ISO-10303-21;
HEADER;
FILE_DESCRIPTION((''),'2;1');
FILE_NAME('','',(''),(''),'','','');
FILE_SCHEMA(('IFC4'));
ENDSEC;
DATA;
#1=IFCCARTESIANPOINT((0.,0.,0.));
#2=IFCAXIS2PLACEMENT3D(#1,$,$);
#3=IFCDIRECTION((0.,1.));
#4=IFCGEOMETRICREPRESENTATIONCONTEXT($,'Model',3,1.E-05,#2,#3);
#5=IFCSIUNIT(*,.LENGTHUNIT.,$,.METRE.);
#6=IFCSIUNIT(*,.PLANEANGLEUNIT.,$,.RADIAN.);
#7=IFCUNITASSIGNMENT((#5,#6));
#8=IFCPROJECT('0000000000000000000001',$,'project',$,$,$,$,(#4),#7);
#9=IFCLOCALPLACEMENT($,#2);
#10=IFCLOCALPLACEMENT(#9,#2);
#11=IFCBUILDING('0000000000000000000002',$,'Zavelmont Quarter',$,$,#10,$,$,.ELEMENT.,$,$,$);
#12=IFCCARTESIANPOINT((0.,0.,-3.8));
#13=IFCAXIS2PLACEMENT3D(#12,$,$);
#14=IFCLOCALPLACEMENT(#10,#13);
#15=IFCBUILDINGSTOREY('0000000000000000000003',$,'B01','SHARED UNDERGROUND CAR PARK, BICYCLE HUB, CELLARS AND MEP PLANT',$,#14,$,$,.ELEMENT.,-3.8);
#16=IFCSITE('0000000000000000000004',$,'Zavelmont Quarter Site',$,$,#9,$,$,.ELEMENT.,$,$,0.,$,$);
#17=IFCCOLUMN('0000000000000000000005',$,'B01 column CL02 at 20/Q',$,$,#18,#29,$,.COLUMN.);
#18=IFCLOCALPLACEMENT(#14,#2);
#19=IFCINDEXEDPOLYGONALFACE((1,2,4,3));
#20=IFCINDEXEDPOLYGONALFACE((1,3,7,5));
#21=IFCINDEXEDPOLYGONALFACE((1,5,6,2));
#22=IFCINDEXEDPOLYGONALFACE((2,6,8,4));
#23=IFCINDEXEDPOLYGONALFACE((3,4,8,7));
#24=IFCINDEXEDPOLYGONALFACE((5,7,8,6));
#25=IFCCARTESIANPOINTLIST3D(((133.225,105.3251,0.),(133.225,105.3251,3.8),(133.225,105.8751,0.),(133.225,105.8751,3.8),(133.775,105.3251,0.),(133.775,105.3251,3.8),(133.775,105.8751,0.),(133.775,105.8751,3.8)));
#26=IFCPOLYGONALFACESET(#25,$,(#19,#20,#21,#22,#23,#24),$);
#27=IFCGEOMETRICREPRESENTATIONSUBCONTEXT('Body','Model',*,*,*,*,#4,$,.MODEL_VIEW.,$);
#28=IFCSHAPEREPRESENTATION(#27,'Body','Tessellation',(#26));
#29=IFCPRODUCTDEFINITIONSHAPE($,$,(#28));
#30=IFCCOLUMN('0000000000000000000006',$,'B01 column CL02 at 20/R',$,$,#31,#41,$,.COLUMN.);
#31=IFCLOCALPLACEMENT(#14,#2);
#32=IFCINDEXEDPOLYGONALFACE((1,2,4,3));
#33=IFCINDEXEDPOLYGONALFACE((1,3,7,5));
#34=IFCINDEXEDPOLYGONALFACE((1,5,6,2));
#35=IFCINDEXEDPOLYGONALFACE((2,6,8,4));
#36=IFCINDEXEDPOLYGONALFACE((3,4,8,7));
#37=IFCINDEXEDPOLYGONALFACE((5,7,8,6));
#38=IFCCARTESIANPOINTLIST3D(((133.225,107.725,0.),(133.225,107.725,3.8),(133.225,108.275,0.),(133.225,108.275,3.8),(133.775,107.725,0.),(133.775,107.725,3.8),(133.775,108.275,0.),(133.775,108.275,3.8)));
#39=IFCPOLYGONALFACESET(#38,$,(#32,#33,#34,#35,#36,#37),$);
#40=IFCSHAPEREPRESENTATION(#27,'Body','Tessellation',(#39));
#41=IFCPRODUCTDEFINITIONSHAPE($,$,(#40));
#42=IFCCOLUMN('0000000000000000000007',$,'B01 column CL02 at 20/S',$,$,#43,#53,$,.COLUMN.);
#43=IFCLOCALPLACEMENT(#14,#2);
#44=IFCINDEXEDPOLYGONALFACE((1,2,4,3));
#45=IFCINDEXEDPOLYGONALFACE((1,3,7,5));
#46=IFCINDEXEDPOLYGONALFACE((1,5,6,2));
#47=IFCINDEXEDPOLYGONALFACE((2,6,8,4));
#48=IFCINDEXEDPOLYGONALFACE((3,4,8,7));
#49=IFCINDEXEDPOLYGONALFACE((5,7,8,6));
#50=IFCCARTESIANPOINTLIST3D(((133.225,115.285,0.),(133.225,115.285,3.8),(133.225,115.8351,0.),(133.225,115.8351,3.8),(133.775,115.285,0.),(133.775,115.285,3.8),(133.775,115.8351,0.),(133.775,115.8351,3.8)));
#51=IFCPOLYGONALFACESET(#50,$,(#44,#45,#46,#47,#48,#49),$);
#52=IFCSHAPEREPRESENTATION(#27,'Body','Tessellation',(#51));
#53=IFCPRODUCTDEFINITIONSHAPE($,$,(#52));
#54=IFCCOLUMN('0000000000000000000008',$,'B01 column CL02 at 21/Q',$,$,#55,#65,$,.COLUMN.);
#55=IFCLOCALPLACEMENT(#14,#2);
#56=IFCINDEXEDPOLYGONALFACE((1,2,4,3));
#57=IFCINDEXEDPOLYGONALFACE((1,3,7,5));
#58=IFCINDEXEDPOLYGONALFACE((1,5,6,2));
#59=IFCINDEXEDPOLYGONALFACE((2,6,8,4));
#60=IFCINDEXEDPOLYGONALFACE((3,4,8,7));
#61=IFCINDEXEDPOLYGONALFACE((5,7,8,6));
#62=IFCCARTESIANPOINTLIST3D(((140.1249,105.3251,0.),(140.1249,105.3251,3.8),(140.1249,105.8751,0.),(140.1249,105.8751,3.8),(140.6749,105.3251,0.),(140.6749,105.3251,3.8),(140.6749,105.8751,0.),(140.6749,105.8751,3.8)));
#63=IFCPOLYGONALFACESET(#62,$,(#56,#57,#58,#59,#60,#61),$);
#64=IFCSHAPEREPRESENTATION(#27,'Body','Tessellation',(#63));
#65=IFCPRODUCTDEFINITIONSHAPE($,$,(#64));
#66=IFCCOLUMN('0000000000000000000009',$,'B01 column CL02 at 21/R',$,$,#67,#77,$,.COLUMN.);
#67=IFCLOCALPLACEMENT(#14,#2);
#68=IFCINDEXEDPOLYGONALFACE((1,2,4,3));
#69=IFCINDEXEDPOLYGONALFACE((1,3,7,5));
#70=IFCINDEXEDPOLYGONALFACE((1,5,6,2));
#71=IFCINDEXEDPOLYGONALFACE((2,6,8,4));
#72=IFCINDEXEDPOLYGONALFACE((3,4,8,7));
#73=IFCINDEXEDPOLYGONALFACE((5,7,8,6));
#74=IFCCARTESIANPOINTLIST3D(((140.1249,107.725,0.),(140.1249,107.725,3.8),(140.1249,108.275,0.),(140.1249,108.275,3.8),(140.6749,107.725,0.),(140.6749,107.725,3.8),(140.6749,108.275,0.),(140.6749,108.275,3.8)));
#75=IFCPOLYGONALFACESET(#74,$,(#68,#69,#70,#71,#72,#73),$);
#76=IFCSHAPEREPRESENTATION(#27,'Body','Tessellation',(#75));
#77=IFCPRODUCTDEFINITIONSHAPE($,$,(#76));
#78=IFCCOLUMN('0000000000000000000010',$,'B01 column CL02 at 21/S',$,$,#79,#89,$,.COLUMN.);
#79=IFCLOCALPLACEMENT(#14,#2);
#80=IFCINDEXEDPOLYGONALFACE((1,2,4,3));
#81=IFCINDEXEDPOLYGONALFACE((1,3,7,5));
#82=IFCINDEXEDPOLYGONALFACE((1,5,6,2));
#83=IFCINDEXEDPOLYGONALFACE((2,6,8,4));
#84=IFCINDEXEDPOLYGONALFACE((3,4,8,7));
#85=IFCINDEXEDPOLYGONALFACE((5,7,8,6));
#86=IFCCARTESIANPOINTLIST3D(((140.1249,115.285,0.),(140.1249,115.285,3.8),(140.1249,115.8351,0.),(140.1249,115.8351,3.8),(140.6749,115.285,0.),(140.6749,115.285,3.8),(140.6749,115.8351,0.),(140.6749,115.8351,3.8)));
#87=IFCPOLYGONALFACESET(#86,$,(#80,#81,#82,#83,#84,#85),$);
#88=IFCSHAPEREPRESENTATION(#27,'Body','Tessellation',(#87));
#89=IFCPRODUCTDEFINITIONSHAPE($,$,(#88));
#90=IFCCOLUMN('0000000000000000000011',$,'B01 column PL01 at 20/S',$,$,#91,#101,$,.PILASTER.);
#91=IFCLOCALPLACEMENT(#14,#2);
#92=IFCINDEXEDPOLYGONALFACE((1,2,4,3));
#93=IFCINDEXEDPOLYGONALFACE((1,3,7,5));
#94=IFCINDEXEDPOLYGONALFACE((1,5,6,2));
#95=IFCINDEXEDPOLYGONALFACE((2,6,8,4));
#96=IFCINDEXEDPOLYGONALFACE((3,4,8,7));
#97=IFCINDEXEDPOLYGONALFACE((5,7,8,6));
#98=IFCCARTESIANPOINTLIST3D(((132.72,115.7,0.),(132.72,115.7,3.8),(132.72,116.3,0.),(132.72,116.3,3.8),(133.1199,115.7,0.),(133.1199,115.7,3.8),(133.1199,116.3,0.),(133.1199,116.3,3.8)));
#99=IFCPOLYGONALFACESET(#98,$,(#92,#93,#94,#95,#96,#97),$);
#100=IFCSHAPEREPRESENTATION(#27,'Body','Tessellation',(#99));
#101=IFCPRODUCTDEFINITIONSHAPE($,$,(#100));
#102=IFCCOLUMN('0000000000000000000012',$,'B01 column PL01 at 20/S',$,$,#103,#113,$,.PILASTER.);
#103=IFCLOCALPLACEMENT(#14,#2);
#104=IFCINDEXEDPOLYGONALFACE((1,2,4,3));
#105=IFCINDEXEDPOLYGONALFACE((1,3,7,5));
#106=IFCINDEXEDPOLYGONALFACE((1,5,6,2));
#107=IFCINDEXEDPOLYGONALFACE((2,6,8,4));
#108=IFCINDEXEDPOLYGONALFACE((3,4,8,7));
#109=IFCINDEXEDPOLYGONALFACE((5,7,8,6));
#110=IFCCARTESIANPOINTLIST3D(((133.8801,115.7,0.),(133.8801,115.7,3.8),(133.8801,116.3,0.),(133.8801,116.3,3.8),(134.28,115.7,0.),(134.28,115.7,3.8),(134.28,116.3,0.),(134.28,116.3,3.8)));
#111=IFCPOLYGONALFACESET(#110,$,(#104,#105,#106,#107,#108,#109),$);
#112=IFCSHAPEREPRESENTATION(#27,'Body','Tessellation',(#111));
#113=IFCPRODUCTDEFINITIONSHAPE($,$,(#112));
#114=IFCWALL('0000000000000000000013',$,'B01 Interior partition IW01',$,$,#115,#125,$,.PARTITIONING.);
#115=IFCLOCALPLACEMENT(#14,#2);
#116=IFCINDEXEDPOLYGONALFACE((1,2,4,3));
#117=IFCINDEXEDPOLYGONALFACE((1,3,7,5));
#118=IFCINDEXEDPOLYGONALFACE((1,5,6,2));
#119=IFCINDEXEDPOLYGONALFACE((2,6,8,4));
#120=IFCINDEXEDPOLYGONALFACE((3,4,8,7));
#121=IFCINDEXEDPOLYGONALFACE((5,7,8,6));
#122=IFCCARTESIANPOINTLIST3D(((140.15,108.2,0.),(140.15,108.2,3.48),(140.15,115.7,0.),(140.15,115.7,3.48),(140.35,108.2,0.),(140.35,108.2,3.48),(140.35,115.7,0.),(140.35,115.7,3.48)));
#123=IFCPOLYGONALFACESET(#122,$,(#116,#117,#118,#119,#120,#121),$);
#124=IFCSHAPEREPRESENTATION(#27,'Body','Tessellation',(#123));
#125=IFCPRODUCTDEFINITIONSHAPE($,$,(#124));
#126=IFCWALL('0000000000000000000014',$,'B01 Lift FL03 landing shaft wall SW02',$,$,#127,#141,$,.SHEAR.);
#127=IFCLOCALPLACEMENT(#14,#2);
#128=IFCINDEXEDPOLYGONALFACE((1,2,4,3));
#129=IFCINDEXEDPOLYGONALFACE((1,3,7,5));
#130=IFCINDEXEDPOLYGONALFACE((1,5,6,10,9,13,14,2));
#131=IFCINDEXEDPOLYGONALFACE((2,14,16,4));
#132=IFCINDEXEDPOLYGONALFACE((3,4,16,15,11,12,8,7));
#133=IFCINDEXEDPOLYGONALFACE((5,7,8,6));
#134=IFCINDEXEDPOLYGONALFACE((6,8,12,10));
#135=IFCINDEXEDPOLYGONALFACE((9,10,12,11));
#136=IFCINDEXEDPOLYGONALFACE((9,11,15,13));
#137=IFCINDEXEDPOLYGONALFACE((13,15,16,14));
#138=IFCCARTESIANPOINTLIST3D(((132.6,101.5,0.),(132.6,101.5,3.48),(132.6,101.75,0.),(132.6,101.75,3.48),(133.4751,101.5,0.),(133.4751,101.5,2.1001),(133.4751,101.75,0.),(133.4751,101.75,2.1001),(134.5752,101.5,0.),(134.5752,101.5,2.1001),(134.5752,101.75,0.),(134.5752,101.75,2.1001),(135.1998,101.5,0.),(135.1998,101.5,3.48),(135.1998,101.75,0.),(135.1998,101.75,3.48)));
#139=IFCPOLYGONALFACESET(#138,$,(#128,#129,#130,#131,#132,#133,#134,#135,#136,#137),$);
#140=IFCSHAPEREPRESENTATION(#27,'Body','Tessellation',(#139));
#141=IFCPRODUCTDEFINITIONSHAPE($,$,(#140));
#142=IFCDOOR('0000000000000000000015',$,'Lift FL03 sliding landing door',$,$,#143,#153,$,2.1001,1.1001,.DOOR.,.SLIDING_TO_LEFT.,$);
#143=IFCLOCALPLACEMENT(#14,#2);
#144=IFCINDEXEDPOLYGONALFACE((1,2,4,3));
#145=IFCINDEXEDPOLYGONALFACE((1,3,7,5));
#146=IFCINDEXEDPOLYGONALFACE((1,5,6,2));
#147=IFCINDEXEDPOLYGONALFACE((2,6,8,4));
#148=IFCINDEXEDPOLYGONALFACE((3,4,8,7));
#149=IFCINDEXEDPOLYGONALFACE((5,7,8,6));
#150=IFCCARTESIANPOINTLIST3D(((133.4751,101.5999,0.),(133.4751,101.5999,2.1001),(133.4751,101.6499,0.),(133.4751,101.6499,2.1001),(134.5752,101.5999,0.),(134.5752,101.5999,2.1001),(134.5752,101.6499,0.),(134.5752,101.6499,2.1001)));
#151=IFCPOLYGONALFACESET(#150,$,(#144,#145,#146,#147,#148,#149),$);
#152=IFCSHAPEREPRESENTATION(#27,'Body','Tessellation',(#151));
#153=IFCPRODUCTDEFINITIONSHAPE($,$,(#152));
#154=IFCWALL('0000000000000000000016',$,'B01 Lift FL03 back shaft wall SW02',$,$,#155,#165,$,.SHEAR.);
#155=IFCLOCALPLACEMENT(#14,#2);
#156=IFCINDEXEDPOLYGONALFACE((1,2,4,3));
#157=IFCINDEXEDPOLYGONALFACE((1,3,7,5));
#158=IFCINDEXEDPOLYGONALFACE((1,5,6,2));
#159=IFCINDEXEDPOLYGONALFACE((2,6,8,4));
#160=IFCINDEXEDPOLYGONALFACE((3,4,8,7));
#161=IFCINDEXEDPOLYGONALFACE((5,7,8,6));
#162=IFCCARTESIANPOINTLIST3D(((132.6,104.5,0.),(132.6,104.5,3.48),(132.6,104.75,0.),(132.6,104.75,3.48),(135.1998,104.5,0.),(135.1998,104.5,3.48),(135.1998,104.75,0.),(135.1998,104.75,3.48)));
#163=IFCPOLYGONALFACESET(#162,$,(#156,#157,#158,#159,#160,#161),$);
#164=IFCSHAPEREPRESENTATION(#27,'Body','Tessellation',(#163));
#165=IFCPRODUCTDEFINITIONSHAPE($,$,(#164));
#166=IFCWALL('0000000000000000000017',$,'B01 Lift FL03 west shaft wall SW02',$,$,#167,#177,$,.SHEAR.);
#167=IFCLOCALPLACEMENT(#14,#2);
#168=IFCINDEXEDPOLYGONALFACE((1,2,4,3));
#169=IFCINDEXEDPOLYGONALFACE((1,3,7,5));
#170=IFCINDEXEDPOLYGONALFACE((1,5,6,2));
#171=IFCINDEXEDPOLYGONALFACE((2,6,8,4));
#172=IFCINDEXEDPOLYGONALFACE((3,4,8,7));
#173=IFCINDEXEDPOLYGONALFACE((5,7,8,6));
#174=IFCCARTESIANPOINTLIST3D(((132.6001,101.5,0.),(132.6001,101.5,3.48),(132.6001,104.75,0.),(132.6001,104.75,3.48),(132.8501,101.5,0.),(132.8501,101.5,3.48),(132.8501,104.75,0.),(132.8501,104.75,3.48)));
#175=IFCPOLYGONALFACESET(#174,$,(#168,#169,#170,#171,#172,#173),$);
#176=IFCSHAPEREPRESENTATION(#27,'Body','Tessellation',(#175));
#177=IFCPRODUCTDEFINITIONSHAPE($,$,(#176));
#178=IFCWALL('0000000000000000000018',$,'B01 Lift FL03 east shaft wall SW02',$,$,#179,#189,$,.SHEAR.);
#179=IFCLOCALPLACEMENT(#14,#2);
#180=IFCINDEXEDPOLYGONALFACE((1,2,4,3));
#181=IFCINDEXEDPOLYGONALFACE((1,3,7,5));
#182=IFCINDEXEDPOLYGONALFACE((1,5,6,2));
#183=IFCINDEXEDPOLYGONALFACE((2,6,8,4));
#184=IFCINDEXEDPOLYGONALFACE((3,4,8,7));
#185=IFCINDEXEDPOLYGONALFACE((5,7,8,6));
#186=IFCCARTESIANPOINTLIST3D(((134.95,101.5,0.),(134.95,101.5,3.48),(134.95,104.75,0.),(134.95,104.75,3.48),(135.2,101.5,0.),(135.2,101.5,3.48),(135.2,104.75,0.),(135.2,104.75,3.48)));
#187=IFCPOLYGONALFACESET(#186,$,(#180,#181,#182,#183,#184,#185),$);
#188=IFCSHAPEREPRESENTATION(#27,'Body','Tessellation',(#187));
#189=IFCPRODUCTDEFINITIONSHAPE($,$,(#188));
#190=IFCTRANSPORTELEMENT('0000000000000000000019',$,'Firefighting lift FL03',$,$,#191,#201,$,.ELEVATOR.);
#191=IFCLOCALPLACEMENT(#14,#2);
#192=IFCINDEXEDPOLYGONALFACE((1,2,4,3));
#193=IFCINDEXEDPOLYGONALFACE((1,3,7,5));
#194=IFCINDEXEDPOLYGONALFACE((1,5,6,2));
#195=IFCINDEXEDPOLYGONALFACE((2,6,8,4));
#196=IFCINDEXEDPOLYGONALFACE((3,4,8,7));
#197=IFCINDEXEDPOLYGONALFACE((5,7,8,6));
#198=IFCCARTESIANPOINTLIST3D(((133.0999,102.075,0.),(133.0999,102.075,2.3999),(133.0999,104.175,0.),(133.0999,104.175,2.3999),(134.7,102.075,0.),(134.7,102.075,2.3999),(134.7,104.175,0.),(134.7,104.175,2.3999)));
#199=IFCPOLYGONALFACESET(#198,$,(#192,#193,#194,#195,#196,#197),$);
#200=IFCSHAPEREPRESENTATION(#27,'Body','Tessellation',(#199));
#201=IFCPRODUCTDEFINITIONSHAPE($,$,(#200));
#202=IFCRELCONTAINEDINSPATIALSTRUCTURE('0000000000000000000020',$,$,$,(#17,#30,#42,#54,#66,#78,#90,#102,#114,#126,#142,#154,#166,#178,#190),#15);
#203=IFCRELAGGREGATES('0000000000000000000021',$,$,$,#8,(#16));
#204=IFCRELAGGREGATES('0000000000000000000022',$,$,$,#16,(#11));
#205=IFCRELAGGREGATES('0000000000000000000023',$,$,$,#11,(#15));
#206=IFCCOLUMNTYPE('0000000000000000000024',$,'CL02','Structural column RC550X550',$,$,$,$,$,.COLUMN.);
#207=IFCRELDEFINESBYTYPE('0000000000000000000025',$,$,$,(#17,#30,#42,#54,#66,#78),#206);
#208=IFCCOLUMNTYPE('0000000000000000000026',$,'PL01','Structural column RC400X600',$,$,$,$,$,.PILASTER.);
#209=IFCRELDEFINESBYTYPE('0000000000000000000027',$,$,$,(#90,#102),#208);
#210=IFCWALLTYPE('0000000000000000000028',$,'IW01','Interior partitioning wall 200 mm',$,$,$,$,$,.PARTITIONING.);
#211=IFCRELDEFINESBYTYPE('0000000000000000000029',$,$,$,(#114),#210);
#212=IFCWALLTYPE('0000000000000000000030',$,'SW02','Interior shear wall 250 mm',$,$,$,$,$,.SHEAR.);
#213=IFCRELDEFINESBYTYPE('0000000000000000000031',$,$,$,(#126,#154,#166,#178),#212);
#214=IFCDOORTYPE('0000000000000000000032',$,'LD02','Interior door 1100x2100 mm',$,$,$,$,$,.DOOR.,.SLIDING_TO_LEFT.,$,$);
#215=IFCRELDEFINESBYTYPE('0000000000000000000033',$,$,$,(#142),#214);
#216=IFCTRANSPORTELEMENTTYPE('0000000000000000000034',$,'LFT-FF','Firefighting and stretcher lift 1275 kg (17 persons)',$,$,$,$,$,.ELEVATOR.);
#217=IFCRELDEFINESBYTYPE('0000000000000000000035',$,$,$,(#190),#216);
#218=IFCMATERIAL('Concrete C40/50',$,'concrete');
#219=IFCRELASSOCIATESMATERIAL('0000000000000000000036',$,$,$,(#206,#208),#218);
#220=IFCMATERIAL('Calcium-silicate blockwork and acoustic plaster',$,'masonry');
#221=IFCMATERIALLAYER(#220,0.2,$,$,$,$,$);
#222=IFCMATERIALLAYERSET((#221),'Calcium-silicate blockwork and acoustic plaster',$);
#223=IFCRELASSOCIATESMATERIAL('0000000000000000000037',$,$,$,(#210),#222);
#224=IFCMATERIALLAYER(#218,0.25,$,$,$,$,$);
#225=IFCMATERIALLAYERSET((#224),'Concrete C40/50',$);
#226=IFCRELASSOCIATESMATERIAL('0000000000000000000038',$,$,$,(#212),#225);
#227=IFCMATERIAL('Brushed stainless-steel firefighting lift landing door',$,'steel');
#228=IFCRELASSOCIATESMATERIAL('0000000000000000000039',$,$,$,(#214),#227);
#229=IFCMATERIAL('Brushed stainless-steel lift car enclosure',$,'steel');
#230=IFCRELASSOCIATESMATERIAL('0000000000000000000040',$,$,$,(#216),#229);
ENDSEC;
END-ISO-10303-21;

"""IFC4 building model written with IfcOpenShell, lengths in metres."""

from ifc_helpers import new_model, si_unit, direction, frame, frame_2d, origin, origin_with_axes, origin_2d, place, context, subcontext, project, spatial, rectangle, extrude, material, layer, layer_set, material_profile, profile_set, type_object, element, fill, save


model = new_model("IFC4")

# Units and contexts
model_context = context("Model", 3, precision=1e-05, world=origin(), true_north=direction((0.0, 1.0)))
body_context = subcontext(model_context, "Body", "Model", "MODEL_VIEW")
ifc_project = project(units=[si_unit("LENGTHUNIT", "METRE"), si_unit("PLANEANGLEUNIT", "RADIAN")], contexts=[model_context])

# Site, building, storey
site_placement = place(None, origin())
site = spatial("IfcSite", under=ifc_project, at=site_placement, Name="Zavelmont Quarter Site", CompositionType="ELEMENT", RefElevation=0.0)
building_placement = place(site_placement, origin())
building = spatial("IfcBuilding", under=site, at=building_placement, Name="Zavelmont Quarter", CompositionType="ELEMENT")
storey_placement = place(building_placement, frame((0.0, 0.0, -3.8)))
storey = spatial("IfcBuildingStorey", under=building, at=storey_placement, Name="B01", Description="SHARED UNDERGROUND CAR PARK, BICYCLE HUB, CELLARS AND MEP PLANT", CompositionType="ELEMENT", Elevation=-3.8)

# Columns
ifc_material_1 = material(Name="Concrete C40/50", Category="concrete")
ifc_material_profile_1 = material_profile(ifc_material_1, rectangle(XDim=0.55, YDim=0.55, at=origin_2d()), Name="RC550X550")
ifc_profile_set_1 = profile_set([ifc_material_profile_1], Name="Concrete C40/50")
column_type_1 = type_object("IfcColumnType", Name="CL02", Description="Structural column RC550X550", PredefinedType="COLUMN", material=ifc_profile_set_1)
for number, where, z_axis, x_axis, name in (
    (1, (133.5, 105.6001, 0.0), (0.0, 0.0, 1.0), (1.0, 0.0, 0.0), "B01 column CL02 at 20/Q"),
    (2, (133.5, 108.0, 0.0), (0.0, 0.0, 1.0), (1.0, 0.0, 0.0), "B01 column CL02 at 20/R"),
    (3, (133.5, 115.5601, 0.0), (0.0, 0.0, 1.0), (1.0, 0.0, 0.0), "B01 column CL02 at 20/S"),
    (4, (140.3999, 105.6001, 0.0), (0.0, 0.0, 1.0), (1.0, 0.0, 0.0), "B01 column CL02 at 21/Q"),
    (5, (140.3999, 108.0, 0.0), (0.0, 0.0, 1.0), (1.0, 0.0, 0.0), "B01 column CL02 at 21/R"),
    (6, (140.3999, 115.5601, 0.0), (0.0, 0.0, 1.0), (1.0, 0.0, 0.0), "B01 column CL02 at 21/S"),
):
    element("IfcColumn", number, at=place(storey_placement, frame(where, z_axis=z_axis, x_axis=x_axis)), inside=storey, type_object=column_type_1, Name=name, PredefinedType="COLUMN", context=body_context, shape_type="SweptSolid", body=[
        extrude(rectangle(XDim=0.55, YDim=0.55, at=origin_2d()), origin(), (0.0, 0.0, 1.0), 3.8),
    ])
ifc_material_profile_2 = material_profile(ifc_material_1, rectangle(XDim=0.3999, YDim=0.6001, at=origin_2d()), Name="RC400X600")
ifc_profile_set_2 = profile_set([ifc_material_profile_2], Name="Concrete C40/50")
column_type_2 = type_object("IfcColumnType", Name="PL01", Description="Structural column RC400X600", PredefinedType="PILASTER", material=ifc_profile_set_2)
for number, where, z_axis, x_axis, name in (
    (7, (132.9199, 116.0, 0.0), (0.0, 0.0, 1.0), (1.0, 0.0, 0.0), "B01 column PL01 at 20/S"),
    (8, (134.0801, 116.0, 0.0), (0.0, 0.0, 1.0), (1.0, 0.0, 0.0), "B01 column PL01 at 20/S"),
):
    element("IfcColumn", number, at=place(storey_placement, frame(where, z_axis=z_axis, x_axis=x_axis)), inside=storey, type_object=column_type_2, Name=name, PredefinedType="PILASTER", context=body_context, shape_type="SweptSolid", body=[
        extrude(rectangle(XDim=0.3999, YDim=0.6001, at=origin_2d()), origin(), (0.0, 0.0, 1.0), 3.8),
    ])

# Wall
ifc_material_2 = material(Name="Calcium-silicate blockwork and acoustic plaster", Category="masonry")
ifc_layer_1 = layer(ifc_material_2, 0.2)
ifc_layer_set_1 = layer_set([ifc_layer_1], Name="Calcium-silicate blockwork and acoustic plaster")
wall_type_1 = type_object("IfcWallType", Name="IW01", Description="Interior partitioning wall 200 mm", PredefinedType="PARTITIONING", material=ifc_layer_set_1)
wall_1_placement = place(storey_placement, frame((140.25, 108.2, 0.0), z_axis=(0.0, 0.0, 1.0), x_axis=(0.0, 1.0, 0.0)))
element("IfcWall", 9, at=wall_1_placement, inside=storey, type_object=wall_type_1, Name="B01 Interior partition IW01", PredefinedType="PARTITIONING", context=body_context, shape_type="SweptSolid", body=[
    extrude(rectangle(XDim=7.5, YDim=0.2, at=frame_2d((3.75, 0.0))), origin(), (0.0, 0.0, 1.0), 3.48),
])

# Wall, opening, door
ifc_layer_2 = layer(ifc_material_1, 0.25)
ifc_layer_set_2 = layer_set([ifc_layer_2], Name="Concrete C40/50")
wall_type_2 = type_object("IfcWallType", Name="SW02", Description="Interior shear wall 250 mm", PredefinedType="SHEAR", material=ifc_layer_set_2)
wall_2_placement = place(storey_placement, frame((132.6001, 101.625, 0.0), z_axis=(0.0, 0.0, 1.0), x_axis=(1.0, 0.0, 0.0)))
wall_2 = element("IfcWall", 10, at=wall_2_placement, inside=storey, type_object=wall_type_2, Name="B01 Lift FL03 landing shaft wall SW02", PredefinedType="SHEAR", context=body_context, shape_type="SweptSolid", body=[
    extrude(rectangle(XDim=2.5999, YDim=0.25, at=frame_2d((1.2998, 0.0))), origin(), (0.0, 0.0, 1.0), 3.48),
])
opening_placement = place(wall_2_placement, frame((0.875, 0.0, 0.0)))
opening = element("IfcOpeningElement", 11, at=opening_placement, cuts=wall_2, PredefinedType="OPENING", context=body_context, shape_type="SweptSolid", body=[
    extrude(rectangle(XDim=1.1001, YDim=2.1001, at=frame_2d((0.55, 1.05))), frame((0.0, 0.137, 0.0), z_axis=(0.0, -1.0, 0.0), x_axis=(1.0, 0.0, 0.0)), (0.0, 0.0, 1.0), 0.2739),
])
ifc_material_3 = material(Name="Brushed stainless-steel firefighting lift landing door", Category="steel")
door_type = type_object("IfcDoorType", Name="LD02", Description="Interior door 1100x2100 mm", OperationType="SLIDING_TO_LEFT", PredefinedType="DOOR", material=ifc_material_3)
door_placement = place(opening_placement, origin_with_axes())
door = element("IfcDoor", 12, at=door_placement, inside=storey, type_object=door_type, Name="Lift FL03 sliding landing door", OperationType="SLIDING_TO_LEFT", OverallHeight=2.1001, OverallWidth=1.1001, PredefinedType="DOOR", context=body_context, shape_type="SweptSolid", body=[
    extrude(rectangle(XDim=1.1001, YDim=2.1001, at=frame_2d((0.55, 1.05))), frame((0.0, 0.0249, 0.0), z_axis=(0.0, -1.0, 0.0), x_axis=(1.0, 0.0, 0.0)), (0.0, 0.0, 1.0), 0.05),
])
fill(opening, door)

# Walls
wall_3_placement = place(storey_placement, frame((132.6001, 104.625, 0.0), z_axis=(0.0, 0.0, 1.0), x_axis=(1.0, 0.0, 0.0)))
element("IfcWall", 13, at=wall_3_placement, inside=storey, type_object=wall_type_2, Name="B01 Lift FL03 back shaft wall SW02", PredefinedType="SHEAR", context=body_context, shape_type="SweptSolid", body=[
    extrude(rectangle(XDim=2.5999, YDim=0.25, at=frame_2d((1.2998, 0.0))), origin(), (0.0, 0.0, 1.0), 3.48),
])
for number, where, z_axis, x_axis, name in (
    (14, (132.7251, 101.5, 0.0), (0.0, 0.0, 1.0), (0.0, 1.0, 0.0), "B01 Lift FL03 west shaft wall SW02"),
    (15, (135.075, 101.5, 0.0), (0.0, 0.0, 1.0), (0.0, 1.0, 0.0), "B01 Lift FL03 east shaft wall SW02"),
):
    element("IfcWall", number, at=place(storey_placement, frame(where, z_axis=z_axis, x_axis=x_axis)), inside=storey, type_object=wall_type_2, Name=name, PredefinedType="SHEAR", context=body_context, shape_type="SweptSolid", body=[
        extrude(rectangle(XDim=3.25, YDim=0.25, at=frame_2d((1.625, 0.0))), origin(), (0.0, 0.0, 1.0), 3.48),
    ])

# Transport element
ifc_material_4 = material(Name="Brushed stainless-steel lift car enclosure", Category="steel")
transport_element_type = type_object("IfcTransportElementType", Name="LFT-FF", Description="Firefighting and stretcher lift 1275 kg (17 persons)", PredefinedType="ELEVATOR", material=ifc_material_4)
transport_element_placement = place(storey_placement, frame((133.8999, 103.125, 0.0), z_axis=(0.0, 0.0, 1.0), x_axis=(1.0, 0.0, 0.0)))
element("IfcTransportElement", 16, at=transport_element_placement, inside=storey, type_object=transport_element_type, Name="Firefighting lift FL03", PredefinedType="ELEVATOR", context=body_context, shape_type="SweptSolid", body=[
    extrude(rectangle(XDim=1.6001, YDim=2.1001, at=origin_2d()), origin(), (0.0, 0.0, 1.0), 2.3999),
])

save(model, "model.ifc")
